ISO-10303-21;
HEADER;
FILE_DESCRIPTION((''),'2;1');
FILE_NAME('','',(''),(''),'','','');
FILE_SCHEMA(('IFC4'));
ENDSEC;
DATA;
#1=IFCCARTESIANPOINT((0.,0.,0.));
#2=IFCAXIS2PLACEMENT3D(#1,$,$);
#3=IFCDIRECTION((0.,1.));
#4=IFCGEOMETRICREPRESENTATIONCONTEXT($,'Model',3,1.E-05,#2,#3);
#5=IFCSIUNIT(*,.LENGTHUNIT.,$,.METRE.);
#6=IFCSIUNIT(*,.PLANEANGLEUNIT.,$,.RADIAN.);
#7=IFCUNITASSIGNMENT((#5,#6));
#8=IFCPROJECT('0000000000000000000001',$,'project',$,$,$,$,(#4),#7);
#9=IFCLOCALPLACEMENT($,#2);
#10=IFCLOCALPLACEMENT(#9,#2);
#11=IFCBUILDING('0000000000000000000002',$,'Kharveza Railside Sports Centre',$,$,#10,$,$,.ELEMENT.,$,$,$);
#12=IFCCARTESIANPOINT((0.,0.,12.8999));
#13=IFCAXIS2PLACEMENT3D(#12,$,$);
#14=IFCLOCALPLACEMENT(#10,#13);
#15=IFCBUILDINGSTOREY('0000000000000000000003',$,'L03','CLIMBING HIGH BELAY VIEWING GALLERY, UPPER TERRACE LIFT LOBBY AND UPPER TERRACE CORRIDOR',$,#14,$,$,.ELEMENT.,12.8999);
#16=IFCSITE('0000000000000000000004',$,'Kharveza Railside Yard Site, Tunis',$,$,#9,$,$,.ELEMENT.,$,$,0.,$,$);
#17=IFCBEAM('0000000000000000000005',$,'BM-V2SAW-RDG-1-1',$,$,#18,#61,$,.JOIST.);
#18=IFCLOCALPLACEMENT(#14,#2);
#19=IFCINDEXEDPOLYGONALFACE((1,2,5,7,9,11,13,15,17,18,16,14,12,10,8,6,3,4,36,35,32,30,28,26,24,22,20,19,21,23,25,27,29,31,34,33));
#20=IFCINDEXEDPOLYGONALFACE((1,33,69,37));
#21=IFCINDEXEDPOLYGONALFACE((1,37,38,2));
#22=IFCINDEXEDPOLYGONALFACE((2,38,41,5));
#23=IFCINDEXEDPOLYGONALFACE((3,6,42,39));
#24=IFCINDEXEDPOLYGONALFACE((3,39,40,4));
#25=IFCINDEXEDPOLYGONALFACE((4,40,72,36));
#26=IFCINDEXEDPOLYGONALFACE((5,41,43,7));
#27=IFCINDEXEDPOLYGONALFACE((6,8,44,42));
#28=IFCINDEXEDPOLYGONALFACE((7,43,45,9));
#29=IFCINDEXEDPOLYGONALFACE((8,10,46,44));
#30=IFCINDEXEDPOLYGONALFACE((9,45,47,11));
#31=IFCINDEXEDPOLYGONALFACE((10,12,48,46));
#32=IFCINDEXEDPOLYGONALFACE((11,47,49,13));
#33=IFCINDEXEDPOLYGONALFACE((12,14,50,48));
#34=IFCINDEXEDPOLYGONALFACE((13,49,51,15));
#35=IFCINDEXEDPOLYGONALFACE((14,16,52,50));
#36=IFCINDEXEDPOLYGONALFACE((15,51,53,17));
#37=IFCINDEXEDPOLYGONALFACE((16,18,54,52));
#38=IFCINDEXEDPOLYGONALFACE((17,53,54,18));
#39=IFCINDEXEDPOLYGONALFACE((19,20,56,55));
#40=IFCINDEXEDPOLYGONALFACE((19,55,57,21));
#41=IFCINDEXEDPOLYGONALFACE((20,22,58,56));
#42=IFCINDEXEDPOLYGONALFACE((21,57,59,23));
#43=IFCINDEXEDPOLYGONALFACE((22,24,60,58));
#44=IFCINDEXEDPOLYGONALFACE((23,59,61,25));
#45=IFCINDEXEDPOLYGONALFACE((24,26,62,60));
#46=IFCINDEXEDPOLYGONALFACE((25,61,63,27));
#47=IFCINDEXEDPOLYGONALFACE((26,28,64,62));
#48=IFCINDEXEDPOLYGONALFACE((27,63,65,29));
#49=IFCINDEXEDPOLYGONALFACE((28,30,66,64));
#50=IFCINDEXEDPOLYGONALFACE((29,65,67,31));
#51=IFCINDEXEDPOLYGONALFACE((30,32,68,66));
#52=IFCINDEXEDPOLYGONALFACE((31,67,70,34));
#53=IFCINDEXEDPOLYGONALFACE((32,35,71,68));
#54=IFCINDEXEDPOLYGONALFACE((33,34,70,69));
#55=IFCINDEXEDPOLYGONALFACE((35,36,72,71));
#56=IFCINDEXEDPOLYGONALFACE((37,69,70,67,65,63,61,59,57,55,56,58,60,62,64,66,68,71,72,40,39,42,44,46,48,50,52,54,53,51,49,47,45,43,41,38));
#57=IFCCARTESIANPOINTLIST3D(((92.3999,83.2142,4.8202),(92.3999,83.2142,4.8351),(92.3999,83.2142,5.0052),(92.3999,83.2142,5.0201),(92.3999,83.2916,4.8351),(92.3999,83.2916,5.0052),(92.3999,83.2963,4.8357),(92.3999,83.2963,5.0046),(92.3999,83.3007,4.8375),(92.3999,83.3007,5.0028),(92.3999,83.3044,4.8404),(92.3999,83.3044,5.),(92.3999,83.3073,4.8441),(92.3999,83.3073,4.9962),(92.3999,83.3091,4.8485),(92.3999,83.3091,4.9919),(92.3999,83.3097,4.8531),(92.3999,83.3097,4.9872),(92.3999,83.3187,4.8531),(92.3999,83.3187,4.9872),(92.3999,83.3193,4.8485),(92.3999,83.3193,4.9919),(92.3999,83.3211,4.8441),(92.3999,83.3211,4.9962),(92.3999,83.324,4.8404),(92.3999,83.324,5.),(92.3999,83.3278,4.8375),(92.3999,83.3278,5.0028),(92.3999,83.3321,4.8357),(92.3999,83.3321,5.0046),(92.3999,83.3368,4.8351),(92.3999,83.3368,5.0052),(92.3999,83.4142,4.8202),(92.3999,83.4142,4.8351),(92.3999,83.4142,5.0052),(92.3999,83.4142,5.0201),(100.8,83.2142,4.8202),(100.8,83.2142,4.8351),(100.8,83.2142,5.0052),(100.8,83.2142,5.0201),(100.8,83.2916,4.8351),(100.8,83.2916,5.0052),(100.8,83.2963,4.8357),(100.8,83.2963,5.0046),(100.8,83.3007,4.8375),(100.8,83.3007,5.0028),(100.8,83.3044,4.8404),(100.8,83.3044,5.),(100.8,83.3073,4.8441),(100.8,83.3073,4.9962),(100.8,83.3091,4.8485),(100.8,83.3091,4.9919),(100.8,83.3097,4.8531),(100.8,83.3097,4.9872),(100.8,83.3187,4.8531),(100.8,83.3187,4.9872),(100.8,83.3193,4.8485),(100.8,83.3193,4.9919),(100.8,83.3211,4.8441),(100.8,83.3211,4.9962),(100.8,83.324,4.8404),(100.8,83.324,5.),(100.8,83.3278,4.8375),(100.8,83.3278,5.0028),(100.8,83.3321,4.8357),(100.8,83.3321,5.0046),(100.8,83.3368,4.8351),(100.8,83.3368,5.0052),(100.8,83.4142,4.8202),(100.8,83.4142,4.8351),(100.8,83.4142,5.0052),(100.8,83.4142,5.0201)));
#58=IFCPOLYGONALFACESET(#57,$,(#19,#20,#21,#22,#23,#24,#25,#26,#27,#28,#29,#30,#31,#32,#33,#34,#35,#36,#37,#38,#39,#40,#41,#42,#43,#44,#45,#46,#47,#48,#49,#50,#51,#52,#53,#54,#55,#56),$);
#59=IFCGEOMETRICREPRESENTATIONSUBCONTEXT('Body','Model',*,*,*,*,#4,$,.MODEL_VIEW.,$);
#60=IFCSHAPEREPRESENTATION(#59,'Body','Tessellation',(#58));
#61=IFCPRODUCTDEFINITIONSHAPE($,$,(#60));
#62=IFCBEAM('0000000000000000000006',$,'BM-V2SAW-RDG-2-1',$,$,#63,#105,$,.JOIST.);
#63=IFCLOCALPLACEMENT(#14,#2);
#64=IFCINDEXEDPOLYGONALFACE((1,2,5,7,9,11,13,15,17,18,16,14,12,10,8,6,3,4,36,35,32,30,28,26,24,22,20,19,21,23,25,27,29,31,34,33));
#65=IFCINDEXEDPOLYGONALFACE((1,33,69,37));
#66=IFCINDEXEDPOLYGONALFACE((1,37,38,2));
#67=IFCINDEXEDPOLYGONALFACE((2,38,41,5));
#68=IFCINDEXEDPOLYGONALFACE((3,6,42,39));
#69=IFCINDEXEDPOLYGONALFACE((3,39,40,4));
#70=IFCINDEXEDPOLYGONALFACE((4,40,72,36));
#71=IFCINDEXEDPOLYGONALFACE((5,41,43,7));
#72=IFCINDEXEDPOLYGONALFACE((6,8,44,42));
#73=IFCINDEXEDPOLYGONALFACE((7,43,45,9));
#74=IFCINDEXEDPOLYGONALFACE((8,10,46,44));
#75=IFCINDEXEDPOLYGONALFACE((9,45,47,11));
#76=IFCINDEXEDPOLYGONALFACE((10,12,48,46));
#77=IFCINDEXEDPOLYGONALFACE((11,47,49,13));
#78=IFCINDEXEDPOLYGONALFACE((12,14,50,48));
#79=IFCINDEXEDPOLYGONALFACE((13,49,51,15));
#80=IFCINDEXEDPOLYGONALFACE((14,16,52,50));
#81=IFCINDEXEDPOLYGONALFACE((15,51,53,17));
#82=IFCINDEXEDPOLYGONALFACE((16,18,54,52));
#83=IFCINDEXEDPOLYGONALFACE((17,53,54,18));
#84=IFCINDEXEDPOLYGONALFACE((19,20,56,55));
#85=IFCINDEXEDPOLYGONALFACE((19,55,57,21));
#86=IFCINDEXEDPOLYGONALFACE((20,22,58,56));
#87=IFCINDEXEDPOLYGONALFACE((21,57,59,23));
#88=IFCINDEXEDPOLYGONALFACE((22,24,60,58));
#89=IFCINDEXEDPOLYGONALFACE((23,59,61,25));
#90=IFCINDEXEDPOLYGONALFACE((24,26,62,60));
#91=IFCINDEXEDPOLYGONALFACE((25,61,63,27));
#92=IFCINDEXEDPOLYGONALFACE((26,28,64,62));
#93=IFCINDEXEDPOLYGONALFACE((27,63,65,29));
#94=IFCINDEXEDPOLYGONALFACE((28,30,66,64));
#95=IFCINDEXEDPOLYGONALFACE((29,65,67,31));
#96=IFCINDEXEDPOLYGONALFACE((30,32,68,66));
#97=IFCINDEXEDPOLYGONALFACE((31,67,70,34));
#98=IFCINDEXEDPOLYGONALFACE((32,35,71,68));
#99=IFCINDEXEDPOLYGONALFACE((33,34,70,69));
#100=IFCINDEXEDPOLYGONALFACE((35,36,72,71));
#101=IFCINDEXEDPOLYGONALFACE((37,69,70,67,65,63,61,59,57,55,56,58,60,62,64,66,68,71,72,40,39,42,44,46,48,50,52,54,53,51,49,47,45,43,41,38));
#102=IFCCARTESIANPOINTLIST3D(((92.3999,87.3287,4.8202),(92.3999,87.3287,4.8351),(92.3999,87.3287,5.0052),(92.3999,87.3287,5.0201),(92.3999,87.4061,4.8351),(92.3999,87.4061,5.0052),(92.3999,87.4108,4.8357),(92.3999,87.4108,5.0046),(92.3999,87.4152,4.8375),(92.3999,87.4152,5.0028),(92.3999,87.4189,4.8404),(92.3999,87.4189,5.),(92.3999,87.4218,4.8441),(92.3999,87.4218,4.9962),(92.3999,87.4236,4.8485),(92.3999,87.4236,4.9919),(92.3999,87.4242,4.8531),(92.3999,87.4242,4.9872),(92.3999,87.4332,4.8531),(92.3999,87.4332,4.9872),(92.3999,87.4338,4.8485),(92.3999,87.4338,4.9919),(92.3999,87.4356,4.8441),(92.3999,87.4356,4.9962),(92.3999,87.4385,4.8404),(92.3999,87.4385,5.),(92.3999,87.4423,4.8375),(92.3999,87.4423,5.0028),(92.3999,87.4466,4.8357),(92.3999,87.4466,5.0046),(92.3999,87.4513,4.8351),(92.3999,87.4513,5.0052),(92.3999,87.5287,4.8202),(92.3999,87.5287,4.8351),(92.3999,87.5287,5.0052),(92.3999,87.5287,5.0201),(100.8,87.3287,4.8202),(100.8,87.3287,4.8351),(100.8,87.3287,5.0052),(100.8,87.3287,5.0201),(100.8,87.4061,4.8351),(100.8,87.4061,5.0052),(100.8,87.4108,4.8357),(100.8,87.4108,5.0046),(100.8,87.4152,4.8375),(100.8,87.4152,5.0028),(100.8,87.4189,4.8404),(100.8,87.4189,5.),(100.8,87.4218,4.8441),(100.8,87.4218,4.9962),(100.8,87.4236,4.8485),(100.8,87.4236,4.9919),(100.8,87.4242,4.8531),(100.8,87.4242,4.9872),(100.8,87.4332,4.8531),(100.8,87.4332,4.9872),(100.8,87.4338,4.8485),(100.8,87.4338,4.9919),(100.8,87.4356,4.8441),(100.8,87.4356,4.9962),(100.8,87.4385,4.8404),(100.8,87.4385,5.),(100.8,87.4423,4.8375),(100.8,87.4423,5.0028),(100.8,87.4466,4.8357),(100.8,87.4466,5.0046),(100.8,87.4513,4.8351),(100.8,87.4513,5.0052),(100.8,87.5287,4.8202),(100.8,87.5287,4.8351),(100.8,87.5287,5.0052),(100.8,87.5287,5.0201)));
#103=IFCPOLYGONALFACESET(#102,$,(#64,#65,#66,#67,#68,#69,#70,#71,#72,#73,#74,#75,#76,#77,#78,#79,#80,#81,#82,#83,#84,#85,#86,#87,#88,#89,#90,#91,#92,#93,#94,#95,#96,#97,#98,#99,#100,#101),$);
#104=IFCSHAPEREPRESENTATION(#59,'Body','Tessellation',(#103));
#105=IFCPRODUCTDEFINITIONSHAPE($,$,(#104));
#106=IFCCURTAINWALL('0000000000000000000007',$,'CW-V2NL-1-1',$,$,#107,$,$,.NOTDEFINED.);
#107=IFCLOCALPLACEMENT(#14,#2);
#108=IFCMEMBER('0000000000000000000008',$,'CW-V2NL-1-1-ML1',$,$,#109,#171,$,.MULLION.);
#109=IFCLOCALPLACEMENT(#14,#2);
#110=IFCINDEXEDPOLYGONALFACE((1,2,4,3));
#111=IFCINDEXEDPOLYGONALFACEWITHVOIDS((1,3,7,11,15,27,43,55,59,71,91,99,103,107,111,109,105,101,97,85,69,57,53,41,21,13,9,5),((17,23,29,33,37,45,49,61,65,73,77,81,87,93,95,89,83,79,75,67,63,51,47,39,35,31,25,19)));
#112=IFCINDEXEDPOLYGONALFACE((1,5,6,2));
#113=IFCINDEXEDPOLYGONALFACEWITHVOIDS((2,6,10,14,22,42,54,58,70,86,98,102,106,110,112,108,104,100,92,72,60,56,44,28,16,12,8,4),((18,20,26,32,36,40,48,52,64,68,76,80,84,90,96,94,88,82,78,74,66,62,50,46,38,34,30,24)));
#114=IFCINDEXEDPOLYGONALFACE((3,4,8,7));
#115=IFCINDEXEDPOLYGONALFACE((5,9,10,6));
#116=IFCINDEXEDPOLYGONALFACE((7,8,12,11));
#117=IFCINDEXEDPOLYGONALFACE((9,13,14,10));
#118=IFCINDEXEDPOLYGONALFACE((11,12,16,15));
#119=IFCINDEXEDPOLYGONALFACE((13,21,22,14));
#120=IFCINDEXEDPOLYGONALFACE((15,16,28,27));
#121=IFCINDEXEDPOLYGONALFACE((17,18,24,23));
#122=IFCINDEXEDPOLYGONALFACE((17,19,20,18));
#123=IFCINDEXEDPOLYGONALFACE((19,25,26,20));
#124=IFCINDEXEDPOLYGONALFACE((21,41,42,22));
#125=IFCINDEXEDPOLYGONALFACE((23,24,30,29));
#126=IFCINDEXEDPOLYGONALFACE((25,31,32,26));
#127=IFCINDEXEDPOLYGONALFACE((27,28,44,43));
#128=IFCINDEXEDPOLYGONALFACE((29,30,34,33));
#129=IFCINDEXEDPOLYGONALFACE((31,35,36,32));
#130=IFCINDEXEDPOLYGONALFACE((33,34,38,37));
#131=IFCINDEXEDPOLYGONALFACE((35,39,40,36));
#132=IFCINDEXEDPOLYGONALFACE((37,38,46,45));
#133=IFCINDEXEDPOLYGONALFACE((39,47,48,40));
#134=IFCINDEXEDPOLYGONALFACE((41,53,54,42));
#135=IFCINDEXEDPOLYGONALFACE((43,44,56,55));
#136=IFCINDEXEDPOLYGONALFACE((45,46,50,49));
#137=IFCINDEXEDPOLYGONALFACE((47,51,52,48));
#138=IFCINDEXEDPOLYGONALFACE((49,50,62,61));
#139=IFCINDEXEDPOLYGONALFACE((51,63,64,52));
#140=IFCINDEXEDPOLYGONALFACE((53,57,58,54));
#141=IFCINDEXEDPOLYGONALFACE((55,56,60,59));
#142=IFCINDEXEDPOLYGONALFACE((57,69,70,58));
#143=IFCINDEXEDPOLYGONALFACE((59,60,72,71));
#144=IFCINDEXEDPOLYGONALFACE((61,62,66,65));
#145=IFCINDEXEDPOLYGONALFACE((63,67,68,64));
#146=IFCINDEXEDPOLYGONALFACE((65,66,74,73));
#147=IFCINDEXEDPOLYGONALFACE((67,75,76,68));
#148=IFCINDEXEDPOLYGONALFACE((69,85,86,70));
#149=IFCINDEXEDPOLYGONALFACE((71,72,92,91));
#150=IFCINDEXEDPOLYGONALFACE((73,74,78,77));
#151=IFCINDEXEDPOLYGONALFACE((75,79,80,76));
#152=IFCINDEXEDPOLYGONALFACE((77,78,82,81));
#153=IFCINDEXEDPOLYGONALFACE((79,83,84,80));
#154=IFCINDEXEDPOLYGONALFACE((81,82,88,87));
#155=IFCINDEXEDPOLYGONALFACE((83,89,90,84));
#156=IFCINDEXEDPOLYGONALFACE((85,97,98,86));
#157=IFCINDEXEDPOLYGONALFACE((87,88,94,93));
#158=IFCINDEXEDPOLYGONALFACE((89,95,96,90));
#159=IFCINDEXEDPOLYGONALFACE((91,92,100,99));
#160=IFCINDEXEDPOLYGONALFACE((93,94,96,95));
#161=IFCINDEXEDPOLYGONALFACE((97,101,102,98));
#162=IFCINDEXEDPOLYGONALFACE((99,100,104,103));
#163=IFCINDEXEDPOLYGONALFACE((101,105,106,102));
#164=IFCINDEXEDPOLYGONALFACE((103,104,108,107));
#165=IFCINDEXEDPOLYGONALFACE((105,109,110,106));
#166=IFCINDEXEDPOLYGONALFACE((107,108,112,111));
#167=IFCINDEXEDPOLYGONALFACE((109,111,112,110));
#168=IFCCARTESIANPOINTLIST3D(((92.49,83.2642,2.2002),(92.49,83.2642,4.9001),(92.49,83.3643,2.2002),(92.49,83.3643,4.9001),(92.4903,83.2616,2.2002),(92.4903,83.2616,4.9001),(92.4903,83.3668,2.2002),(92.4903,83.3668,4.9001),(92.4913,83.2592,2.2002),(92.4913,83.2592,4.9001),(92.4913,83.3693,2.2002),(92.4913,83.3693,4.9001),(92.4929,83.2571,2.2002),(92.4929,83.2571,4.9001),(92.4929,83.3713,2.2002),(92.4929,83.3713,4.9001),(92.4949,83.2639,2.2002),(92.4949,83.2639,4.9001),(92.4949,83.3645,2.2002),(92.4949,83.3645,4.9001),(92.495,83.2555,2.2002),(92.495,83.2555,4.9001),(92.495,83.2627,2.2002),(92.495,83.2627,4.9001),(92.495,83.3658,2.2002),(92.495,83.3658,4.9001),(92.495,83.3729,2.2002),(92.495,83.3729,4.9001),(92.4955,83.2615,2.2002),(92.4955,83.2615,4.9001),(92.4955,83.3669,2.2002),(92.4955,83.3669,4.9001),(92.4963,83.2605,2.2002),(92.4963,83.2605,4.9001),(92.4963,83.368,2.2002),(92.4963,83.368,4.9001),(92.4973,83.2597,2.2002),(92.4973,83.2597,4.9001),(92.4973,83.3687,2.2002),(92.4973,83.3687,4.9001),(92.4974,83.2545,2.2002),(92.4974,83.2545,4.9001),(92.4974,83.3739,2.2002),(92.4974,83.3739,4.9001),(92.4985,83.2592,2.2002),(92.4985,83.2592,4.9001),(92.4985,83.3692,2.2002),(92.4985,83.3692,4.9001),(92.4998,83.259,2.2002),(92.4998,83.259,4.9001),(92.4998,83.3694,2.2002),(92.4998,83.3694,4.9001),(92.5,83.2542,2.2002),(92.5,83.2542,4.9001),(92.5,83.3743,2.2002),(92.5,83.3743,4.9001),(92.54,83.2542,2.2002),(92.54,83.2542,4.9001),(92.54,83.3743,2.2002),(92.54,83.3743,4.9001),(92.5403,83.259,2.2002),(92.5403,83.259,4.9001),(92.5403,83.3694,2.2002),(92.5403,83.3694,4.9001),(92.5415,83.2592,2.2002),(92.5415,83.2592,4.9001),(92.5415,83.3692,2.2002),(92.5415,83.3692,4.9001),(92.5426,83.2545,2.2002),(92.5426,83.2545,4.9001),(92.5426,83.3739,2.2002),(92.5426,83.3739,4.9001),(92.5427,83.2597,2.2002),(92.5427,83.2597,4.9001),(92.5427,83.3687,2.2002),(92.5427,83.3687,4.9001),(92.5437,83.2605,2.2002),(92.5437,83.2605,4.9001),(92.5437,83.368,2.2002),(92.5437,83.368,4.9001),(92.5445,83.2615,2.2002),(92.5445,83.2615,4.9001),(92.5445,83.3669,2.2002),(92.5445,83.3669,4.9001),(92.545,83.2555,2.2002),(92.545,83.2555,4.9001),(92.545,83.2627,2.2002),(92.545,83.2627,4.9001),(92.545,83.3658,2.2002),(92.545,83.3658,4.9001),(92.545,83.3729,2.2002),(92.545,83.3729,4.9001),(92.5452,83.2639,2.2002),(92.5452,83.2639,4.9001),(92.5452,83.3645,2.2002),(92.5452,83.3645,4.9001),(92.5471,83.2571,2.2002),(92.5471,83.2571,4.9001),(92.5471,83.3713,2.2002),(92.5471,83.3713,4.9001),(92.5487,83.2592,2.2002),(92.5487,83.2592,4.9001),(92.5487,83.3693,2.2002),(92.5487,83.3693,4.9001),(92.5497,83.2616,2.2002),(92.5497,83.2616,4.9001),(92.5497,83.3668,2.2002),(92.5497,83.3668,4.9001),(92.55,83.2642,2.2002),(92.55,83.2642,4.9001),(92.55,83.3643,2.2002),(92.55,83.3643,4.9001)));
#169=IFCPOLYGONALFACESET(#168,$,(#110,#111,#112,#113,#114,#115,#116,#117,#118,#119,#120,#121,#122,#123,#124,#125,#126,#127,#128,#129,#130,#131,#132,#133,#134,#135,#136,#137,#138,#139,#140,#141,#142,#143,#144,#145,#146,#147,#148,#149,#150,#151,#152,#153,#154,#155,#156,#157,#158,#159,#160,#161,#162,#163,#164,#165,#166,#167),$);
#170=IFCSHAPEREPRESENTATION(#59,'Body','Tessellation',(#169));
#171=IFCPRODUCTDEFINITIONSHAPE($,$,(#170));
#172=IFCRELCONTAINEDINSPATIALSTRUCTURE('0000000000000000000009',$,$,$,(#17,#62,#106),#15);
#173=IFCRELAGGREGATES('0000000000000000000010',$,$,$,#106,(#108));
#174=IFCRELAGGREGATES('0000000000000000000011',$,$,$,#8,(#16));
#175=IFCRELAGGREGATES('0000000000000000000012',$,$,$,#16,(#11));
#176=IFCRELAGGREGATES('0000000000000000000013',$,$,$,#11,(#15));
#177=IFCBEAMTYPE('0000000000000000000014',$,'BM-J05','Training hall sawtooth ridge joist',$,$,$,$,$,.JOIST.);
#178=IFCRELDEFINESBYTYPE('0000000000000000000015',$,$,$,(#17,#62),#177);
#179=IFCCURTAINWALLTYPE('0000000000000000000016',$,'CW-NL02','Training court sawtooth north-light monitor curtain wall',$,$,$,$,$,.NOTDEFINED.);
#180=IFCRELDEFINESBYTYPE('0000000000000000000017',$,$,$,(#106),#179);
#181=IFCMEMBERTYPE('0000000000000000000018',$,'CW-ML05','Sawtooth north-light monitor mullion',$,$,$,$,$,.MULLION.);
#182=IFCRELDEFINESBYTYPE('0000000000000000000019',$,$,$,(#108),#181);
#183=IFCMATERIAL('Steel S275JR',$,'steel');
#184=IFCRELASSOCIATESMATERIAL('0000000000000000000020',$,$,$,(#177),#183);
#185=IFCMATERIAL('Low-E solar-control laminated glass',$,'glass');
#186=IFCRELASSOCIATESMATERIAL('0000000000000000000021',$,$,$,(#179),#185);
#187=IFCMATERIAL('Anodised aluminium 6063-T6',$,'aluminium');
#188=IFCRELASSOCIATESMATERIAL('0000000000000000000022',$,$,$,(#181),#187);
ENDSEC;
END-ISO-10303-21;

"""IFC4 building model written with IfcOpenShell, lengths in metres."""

from ifc_helpers import new_model, si_unit, direction, frame, origin, origin_2d, place, context, subcontext, project, spatial, hollow_rectangle, i_section, extrude, material, material_profile, profile_set, type_object, element, aggregate, save


model = new_model("IFC4")

# Units and contexts
model_context = context("Model", 3, precision=1e-05, world=origin(), true_north=direction((0.0, 1.0)))
body_context = subcontext(model_context, "Body", "Model", "MODEL_VIEW")
ifc_project = project(units=[si_unit("LENGTHUNIT", "METRE"), si_unit("PLANEANGLEUNIT", "RADIAN")], contexts=[model_context])

# Site, building, storey
site_placement = place(None, origin())
site = spatial("IfcSite", under=ifc_project, at=site_placement, Name="Kharveza Railside Yard Site, Tunis", CompositionType="ELEMENT", RefElevation=0.0)
building_placement = place(site_placement, origin())
building = spatial("IfcBuilding", under=site, at=building_placement, Name="Kharveza Railside Sports Centre", CompositionType="ELEMENT")
storey_placement = place(building_placement, frame((0.0, 0.0, 12.8999)))
storey = spatial("IfcBuildingStorey", under=building, at=storey_placement, Name="L03", Description="CLIMBING HIGH BELAY VIEWING GALLERY, UPPER TERRACE LIFT LOBBY AND UPPER TERRACE CORRIDOR", CompositionType="ELEMENT", Elevation=12.8999)

# Beams
ifc_material_1 = material(Name="Steel S275JR", Category="steel")
ifc_material_profile_1 = material_profile(ifc_material_1, i_section(OverallWidth=0.2, OverallDepth=0.2, WebThickness=0.009, FlangeThickness=0.0149, FilletRadius=0.0181, at=origin_2d()), Name="HEB 200")
ifc_profile_set_1 = profile_set([ifc_material_profile_1], Name="Steel S275JR")
beam_type_1 = type_object("IfcBeamType", Name="BM-J05", Description="Training hall sawtooth ridge joist", PredefinedType="JOIST", material=ifc_profile_set_1)
for number, where, z_axis, x_axis, name in (
    (1, (92.3999, 83.3142, 4.9202), (1.0, 0.0, 0.0), (0.0, 1.0, 0.0), "BM-V2SAW-RDG-1-1"),
    (2, (92.3999, 87.4287, 4.9202), (1.0, 0.0, 0.0), (0.0, 1.0, 0.0), "BM-V2SAW-RDG-2-1"),
):
    element("IfcBeam", number, at=place(storey_placement, frame(where, z_axis=z_axis, x_axis=x_axis)), inside=storey, type_object=beam_type_1, Name=name, PredefinedType="JOIST", context=body_context, shape_type="SweptSolid", body=[
        extrude(i_section(OverallWidth=0.2, OverallDepth=0.2, WebThickness=0.009, FlangeThickness=0.0149, FilletRadius=0.0181, at=origin_2d()), origin(), (0.0, 0.0, 1.0), 8.4001),
    ])

# Curtain wall, member
ifc_material_2 = material(Name="Low-E solar-control laminated glass", Category="glass")
curtain_wall_type = type_object("IfcCurtainWallType", Name="CW-NL02", Description="Training court sawtooth north-light monitor curtain wall", PredefinedType="NOTDEFINED", material=ifc_material_2)
curtain_wall_placement = place(storey_placement, origin())
curtain_wall = element("IfcCurtainWall", 3, at=curtain_wall_placement, inside=storey, type_object=curtain_wall_type, Name="CW-V2NL-1-1", PredefinedType="NOTDEFINED")
ifc_material_3 = material(Name="Anodised aluminium 6063-T6", Category="aluminium")
ifc_material_profile_2 = material_profile(ifc_material_3, hollow_rectangle(XDim=0.0601, YDim=0.1201, WallThickness=0.0049, InnerFilletRadius=0.0049, OuterFilletRadius=0.01, at=origin_2d()), Name="RHS 60x120x5.0")
ifc_profile_set_2 = profile_set([ifc_material_profile_2], Name="Anodised aluminium 6063-T6")
member_type_1 = type_object("IfcMemberType", Name="CW-ML05", Description="Sawtooth north-light monitor mullion", PredefinedType="MULLION", material=ifc_profile_set_2)
member_1_placement = place(storey_placement, frame((92.52, 83.3142, 2.2002), z_axis=(0.0, 0.0, 1.0), x_axis=(1.0, 0.0, 0.0)))
member_1 = element("IfcMember", 4, at=member_1_placement, type_object=member_type_1, Name="CW-V2NL-1-1-ML1", PredefinedType="MULLION", context=body_context, shape_type="SweptSolid", body=[
    extrude(hollow_rectangle(XDim=0.0601, YDim=0.1201, WallThickness=0.0049, InnerFilletRadius=0.0049, OuterFilletRadius=0.01, at=origin_2d()), origin(), (0.0, 0.0, 1.0), 2.7),
])

aggregate(curtain_wall, [member_1])

save(model, "model.ifc")
